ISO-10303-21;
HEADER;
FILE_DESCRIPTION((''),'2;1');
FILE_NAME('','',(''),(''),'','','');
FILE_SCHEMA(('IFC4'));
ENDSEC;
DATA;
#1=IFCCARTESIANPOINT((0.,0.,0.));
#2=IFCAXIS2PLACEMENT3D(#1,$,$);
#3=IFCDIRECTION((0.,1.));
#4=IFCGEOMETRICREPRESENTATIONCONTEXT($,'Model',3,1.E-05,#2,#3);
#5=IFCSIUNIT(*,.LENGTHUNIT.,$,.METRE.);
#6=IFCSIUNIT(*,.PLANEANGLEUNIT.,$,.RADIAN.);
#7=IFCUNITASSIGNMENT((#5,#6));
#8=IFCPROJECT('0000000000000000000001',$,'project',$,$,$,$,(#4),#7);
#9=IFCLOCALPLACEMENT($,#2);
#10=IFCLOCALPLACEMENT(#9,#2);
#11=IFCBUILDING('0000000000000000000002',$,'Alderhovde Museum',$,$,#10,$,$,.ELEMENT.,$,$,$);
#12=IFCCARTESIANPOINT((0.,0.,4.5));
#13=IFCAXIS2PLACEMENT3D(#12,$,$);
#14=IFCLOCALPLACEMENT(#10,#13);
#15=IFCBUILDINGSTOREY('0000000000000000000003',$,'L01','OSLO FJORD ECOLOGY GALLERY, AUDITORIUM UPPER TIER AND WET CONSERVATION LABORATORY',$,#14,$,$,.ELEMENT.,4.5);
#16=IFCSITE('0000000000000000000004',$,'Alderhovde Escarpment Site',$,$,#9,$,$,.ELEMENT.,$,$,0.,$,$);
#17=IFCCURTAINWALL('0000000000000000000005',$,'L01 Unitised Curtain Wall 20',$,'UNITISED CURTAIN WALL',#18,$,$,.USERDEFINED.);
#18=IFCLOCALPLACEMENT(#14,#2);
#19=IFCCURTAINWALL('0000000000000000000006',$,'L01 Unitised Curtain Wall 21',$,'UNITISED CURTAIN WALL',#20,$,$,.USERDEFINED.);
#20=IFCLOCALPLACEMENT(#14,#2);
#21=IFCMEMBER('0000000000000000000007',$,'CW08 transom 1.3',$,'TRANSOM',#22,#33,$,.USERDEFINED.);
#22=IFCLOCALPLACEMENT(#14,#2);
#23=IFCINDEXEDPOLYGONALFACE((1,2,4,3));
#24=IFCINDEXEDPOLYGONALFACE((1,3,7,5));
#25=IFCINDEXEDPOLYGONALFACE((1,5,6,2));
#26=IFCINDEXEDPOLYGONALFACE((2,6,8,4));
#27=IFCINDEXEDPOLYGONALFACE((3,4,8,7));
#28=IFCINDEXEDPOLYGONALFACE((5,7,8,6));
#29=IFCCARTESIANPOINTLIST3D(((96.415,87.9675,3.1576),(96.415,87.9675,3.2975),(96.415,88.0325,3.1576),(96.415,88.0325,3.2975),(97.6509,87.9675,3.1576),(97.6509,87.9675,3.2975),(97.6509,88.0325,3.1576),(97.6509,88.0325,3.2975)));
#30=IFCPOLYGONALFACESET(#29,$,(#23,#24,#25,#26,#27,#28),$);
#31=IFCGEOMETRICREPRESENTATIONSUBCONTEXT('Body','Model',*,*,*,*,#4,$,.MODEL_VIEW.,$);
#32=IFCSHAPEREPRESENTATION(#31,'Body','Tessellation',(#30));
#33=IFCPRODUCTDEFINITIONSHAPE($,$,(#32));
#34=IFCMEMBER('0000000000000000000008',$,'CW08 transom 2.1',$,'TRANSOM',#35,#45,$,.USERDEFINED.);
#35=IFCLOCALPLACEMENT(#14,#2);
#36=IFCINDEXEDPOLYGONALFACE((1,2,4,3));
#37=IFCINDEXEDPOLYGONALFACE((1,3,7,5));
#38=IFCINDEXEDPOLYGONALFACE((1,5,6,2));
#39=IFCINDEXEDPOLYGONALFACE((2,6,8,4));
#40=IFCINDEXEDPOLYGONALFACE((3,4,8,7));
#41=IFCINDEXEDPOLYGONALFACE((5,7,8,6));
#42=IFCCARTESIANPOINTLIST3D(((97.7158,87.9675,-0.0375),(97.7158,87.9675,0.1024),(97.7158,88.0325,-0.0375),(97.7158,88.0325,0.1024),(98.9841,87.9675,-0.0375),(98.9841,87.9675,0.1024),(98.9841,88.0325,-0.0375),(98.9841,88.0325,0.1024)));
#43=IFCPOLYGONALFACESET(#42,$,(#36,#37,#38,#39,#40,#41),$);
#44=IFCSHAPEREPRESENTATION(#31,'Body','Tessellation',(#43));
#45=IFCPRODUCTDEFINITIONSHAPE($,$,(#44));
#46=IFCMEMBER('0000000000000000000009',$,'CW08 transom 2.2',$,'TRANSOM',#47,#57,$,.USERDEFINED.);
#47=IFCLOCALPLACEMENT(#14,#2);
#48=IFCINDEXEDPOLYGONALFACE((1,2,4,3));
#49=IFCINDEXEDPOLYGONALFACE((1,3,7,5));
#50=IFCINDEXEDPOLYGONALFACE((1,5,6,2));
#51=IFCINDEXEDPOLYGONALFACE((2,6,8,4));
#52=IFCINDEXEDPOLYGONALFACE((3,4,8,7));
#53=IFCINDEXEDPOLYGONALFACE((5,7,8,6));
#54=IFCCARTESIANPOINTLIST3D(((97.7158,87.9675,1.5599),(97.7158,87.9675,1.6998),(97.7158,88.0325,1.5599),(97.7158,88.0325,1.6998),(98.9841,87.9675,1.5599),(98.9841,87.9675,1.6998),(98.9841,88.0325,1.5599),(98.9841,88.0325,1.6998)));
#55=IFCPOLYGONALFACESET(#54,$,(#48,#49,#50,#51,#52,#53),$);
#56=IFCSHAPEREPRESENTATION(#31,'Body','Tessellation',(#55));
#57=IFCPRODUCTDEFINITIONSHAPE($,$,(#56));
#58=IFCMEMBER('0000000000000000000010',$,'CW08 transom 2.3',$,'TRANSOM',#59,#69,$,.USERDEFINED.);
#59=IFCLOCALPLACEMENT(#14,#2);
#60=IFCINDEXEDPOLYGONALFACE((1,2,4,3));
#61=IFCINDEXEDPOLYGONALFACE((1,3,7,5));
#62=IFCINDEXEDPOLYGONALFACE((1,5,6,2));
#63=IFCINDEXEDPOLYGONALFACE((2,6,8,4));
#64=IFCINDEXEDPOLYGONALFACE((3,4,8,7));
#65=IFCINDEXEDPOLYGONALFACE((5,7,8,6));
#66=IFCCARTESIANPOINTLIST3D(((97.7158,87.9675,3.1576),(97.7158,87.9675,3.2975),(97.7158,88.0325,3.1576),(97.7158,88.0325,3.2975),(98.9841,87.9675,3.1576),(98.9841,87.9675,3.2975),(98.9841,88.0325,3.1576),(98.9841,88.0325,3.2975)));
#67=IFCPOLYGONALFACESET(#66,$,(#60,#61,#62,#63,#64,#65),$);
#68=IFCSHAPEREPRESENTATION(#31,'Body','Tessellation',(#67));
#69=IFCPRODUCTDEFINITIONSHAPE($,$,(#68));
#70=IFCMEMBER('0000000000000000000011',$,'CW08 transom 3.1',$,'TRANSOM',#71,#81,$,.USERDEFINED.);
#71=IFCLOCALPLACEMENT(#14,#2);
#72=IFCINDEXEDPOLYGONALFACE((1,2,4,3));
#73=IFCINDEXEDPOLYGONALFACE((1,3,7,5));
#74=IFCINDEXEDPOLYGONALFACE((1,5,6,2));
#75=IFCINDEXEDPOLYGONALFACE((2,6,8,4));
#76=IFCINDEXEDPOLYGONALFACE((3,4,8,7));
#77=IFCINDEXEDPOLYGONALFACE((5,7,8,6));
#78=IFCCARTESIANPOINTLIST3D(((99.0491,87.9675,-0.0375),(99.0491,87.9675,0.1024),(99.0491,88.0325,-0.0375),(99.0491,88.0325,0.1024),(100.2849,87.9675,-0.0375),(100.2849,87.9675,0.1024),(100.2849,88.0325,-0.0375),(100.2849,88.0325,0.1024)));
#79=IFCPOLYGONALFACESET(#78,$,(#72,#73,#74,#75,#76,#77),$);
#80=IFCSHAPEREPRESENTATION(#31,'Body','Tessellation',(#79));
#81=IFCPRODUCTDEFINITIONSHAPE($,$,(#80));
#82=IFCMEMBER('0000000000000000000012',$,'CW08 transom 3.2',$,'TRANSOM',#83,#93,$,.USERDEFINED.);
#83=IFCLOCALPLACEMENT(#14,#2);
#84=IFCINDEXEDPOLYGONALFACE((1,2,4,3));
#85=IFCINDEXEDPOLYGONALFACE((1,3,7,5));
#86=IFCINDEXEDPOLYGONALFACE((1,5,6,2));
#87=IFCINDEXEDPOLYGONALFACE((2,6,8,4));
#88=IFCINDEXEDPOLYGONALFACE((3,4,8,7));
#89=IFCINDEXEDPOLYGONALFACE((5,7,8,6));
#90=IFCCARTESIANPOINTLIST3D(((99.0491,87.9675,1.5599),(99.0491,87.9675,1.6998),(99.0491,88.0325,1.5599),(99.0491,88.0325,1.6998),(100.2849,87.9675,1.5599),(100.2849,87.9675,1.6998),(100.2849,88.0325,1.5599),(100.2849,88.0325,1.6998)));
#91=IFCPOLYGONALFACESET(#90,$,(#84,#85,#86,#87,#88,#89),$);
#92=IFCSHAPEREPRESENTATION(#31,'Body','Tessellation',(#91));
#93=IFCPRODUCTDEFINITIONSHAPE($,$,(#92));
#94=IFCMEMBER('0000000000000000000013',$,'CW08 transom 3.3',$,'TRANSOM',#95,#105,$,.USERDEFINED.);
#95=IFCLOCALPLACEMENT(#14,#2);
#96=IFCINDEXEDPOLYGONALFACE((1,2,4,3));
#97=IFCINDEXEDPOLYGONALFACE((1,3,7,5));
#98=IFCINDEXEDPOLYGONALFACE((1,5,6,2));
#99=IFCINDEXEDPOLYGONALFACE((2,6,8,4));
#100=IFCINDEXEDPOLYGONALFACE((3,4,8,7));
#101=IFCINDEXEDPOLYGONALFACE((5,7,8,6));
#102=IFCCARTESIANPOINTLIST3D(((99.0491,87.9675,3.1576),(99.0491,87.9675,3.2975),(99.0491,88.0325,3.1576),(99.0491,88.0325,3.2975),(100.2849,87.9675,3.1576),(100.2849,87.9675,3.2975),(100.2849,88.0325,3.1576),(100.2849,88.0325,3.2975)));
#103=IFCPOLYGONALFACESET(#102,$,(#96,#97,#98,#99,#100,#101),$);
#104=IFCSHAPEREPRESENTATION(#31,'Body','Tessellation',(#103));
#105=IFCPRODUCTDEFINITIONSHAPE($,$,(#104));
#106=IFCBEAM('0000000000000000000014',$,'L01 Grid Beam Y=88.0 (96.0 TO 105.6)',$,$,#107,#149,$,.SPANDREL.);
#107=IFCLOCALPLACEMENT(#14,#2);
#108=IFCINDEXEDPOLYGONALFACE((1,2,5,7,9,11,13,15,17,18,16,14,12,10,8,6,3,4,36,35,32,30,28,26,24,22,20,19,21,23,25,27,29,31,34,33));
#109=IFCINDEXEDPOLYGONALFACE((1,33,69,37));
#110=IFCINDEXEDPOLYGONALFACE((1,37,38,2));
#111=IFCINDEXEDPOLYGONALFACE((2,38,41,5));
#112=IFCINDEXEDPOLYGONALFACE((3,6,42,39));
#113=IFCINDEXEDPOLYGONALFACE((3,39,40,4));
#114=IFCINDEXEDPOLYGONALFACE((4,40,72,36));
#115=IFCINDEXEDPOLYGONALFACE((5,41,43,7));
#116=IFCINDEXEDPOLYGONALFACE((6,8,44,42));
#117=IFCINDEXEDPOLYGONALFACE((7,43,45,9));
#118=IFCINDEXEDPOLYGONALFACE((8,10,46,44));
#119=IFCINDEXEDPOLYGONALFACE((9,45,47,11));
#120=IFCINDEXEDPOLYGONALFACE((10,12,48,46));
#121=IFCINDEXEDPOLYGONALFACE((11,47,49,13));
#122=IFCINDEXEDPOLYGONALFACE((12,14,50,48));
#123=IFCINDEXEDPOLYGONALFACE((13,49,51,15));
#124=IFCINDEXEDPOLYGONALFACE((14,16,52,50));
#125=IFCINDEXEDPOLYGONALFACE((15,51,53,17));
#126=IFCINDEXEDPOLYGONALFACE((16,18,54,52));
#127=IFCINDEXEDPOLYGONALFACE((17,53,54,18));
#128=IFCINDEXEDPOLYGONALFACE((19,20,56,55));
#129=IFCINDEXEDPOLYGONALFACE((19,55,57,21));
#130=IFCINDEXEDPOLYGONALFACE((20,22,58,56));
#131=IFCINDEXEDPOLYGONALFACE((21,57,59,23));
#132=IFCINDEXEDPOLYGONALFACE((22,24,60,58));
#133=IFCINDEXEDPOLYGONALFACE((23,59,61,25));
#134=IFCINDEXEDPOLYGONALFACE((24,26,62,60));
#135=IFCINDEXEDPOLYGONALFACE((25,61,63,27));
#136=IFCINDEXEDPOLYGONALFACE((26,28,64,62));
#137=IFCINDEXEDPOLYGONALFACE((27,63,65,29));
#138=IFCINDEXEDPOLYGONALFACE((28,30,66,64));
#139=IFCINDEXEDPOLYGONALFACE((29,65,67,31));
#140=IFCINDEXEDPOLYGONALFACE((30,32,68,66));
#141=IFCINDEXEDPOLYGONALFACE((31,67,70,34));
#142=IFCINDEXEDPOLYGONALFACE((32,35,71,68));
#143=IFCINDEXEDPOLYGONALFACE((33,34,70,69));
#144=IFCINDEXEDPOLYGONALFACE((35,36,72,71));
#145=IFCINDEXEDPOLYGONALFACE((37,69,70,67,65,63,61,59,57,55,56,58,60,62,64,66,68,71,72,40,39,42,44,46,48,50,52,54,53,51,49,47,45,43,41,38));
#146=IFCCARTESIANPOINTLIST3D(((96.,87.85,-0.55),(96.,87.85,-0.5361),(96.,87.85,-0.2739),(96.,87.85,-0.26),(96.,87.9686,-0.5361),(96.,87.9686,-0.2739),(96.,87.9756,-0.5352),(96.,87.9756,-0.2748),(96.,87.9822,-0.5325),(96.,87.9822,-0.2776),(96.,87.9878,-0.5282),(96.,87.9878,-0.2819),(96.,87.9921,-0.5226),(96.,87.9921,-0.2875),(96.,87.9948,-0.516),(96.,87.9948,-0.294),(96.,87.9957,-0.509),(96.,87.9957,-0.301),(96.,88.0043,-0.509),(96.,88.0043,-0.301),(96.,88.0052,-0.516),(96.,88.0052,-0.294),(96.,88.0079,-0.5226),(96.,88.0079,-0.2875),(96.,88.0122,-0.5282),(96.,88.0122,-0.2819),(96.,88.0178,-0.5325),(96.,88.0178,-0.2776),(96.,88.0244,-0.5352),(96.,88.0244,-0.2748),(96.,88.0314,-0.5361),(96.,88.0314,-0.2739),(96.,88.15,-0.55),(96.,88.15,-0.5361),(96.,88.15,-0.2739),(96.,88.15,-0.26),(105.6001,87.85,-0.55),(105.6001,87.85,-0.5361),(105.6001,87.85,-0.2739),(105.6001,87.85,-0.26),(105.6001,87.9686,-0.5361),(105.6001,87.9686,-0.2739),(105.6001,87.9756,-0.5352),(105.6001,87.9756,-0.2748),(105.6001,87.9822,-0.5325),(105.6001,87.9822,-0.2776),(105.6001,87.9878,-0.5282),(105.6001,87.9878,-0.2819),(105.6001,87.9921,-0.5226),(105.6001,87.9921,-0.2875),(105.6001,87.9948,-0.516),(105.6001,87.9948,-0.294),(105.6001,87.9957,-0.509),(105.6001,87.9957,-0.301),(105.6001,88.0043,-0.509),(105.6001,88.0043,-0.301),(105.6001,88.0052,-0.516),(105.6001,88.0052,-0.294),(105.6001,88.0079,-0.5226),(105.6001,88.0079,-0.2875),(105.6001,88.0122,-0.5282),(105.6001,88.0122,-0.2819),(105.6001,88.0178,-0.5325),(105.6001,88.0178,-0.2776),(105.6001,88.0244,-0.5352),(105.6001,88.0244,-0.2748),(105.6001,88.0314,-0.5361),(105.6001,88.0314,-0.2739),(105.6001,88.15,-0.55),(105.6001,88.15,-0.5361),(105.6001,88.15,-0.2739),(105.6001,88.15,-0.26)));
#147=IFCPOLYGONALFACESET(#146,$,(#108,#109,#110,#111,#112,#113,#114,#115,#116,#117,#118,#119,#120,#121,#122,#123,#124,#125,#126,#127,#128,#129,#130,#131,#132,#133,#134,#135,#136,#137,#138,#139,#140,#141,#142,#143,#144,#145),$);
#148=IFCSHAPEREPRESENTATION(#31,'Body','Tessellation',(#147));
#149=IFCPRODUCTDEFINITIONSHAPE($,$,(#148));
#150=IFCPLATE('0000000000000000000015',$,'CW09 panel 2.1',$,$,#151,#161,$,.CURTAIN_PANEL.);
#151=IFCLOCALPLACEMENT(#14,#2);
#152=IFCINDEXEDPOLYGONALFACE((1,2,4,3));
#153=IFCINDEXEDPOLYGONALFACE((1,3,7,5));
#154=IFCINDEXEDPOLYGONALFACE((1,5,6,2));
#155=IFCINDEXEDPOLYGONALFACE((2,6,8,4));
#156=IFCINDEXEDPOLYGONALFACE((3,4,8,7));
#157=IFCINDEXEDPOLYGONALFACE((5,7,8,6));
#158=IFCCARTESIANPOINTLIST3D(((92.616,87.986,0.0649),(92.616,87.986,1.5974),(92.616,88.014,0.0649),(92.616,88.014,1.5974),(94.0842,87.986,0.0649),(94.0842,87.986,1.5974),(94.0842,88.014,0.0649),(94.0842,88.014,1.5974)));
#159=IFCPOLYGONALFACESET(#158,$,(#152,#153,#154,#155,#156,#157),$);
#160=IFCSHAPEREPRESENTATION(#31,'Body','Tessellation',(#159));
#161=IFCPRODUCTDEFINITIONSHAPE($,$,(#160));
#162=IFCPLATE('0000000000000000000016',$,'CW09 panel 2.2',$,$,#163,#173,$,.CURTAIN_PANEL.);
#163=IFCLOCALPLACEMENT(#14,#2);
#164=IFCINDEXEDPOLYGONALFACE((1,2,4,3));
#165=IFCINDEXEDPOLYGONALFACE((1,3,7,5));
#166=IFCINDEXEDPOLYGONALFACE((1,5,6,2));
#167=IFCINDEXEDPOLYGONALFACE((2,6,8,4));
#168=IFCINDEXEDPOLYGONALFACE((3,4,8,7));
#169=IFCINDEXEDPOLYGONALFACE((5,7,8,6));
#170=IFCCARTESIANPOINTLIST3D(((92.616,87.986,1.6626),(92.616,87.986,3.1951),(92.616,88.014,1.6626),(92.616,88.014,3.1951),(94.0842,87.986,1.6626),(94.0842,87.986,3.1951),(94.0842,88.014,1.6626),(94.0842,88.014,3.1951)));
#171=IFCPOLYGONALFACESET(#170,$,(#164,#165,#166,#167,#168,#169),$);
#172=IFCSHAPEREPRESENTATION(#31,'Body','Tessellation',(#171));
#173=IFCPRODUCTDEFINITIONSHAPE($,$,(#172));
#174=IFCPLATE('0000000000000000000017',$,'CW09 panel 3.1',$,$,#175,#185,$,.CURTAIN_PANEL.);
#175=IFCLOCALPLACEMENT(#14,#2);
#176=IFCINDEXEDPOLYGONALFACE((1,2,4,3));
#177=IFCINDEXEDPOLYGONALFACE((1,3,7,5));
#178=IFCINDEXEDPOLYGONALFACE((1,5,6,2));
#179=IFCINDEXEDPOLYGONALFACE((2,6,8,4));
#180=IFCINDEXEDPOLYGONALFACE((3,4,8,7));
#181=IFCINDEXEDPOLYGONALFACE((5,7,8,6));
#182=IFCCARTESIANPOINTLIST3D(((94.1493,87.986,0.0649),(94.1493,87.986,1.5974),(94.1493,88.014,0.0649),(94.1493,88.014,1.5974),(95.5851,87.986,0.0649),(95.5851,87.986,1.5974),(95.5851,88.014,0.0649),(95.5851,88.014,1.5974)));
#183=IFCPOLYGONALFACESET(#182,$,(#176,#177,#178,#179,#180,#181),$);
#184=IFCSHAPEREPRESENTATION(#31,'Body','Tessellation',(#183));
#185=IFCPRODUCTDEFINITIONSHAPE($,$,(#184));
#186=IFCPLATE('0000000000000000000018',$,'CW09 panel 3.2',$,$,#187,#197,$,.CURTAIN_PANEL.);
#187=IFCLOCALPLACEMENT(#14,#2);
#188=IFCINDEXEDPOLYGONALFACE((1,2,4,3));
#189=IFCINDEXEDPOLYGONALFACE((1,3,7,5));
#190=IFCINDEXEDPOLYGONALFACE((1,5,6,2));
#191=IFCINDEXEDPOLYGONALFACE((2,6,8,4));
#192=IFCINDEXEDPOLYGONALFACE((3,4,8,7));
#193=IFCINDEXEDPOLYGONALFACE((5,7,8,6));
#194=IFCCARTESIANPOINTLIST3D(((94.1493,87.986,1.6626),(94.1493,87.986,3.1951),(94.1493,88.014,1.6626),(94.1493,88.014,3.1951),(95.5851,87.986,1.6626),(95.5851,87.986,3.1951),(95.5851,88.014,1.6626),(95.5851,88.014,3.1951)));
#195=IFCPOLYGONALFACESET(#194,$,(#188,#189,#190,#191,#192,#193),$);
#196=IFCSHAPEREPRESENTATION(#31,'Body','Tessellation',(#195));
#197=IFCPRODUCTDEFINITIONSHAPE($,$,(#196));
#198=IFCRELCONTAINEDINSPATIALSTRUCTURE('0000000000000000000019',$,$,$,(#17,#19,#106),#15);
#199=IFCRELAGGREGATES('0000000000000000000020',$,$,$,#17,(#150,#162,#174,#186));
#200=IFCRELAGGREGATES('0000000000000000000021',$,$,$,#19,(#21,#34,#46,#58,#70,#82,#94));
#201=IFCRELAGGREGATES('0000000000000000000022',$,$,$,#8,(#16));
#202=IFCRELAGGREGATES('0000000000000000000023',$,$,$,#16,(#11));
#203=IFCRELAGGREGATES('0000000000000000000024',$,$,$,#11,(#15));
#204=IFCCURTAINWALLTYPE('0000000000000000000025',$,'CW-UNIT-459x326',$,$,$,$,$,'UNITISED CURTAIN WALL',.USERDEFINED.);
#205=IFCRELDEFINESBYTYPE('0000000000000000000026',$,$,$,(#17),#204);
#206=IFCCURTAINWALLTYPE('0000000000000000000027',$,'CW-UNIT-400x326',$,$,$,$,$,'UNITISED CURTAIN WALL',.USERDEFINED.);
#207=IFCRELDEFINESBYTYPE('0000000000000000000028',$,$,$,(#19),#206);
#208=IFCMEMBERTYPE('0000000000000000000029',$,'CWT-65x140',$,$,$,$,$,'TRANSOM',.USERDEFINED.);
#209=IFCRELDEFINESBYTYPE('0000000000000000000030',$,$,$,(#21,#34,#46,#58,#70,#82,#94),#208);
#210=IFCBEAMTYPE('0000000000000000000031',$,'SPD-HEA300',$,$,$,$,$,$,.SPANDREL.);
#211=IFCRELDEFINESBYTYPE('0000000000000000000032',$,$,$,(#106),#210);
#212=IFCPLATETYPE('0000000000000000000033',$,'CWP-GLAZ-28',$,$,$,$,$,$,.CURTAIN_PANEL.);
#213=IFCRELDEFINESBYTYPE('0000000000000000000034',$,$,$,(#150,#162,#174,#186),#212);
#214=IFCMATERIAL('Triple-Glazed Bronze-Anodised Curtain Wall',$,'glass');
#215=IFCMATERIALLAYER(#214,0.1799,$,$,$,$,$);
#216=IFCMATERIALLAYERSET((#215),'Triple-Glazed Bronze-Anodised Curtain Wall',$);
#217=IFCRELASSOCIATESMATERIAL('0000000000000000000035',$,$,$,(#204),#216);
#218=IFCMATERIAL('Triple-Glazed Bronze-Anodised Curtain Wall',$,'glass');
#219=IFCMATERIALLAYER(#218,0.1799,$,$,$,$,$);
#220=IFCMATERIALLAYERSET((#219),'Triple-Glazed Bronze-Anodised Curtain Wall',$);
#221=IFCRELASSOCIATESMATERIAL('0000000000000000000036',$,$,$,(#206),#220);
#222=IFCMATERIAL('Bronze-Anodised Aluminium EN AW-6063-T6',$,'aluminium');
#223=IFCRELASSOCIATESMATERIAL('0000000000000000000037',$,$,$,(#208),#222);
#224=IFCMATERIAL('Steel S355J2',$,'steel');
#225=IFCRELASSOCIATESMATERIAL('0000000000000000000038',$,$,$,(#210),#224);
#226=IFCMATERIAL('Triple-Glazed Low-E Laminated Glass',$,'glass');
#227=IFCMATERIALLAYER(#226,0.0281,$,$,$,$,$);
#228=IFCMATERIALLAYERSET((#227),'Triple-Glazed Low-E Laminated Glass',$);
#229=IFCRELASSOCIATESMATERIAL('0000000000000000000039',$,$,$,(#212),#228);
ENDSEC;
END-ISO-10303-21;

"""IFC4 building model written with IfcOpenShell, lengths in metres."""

from ifc_helpers import new_model, si_unit, direction, frame, origin, origin_2d, place, context, subcontext, project, spatial, rectangle, i_section, extrude, material, layer, layer_set, material_profile, profile_set, type_object, element, aggregate, save


model = new_model("IFC4")

# Units and contexts
model_context = context("Model", 3, precision=1e-05, world=origin(), true_north=direction((0.0, 1.0)))
body_context = subcontext(model_context, "Body", "Model", "MODEL_VIEW")
ifc_project = project(units=[si_unit("LENGTHUNIT", "METRE"), si_unit("PLANEANGLEUNIT", "RADIAN")], contexts=[model_context])

# Site, building, storey
site_placement = place(None, origin())
site = spatial("IfcSite", under=ifc_project, at=site_placement, Name="Alderhovde Escarpment Site", CompositionType="ELEMENT", RefElevation=0.0)
building_placement = place(site_placement, origin())
building = spatial("IfcBuilding", under=site, at=building_placement, Name="Alderhovde Museum", CompositionType="ELEMENT")
storey_placement = place(building_placement, frame((0.0, 0.0, 4.5)))
storey = spatial("IfcBuildingStorey", under=building, at=storey_placement, Name="L01", Description="OSLO FJORD ECOLOGY GALLERY, AUDITORIUM UPPER TIER AND WET CONSERVATION LABORATORY", CompositionType="ELEMENT", Elevation=4.5)

# Curtain walls
ifc_material_1 = material(Name="Triple-Glazed Bronze-Anodised Curtain Wall", Category="glass")
ifc_layer_1 = layer(ifc_material_1, 0.1799)
ifc_layer_set_1 = layer_set([ifc_layer_1], Name="Triple-Glazed Bronze-Anodised Curtain Wall")
curtain_wall_type_1 = type_object("IfcCurtainWallType", Name="CW-UNIT-459x326", ElementType="UNITISED CURTAIN WALL", PredefinedType="USERDEFINED", material=ifc_layer_set_1)
curtain_wall_1_placement = place(storey_placement, origin())
curtain_wall_1 = element("IfcCurtainWall", 1, at=curtain_wall_1_placement, inside=storey, type_object=curtain_wall_type_1, Name="L01 Unitised Curtain Wall 20", ObjectType="UNITISED CURTAIN WALL", PredefinedType="USERDEFINED")
ifc_material_2 = material(Name="Triple-Glazed Bronze-Anodised Curtain Wall", Category="glass")
ifc_layer_2 = layer(ifc_material_2, 0.1799)
ifc_layer_set_2 = layer_set([ifc_layer_2], Name="Triple-Glazed Bronze-Anodised Curtain Wall")
curtain_wall_type_2 = type_object("IfcCurtainWallType", Name="CW-UNIT-400x326", ElementType="UNITISED CURTAIN WALL", PredefinedType="USERDEFINED", material=ifc_layer_set_2)
curtain_wall_2_placement = place(storey_placement, origin())
curtain_wall_2 = element("IfcCurtainWall", 2, at=curtain_wall_2_placement, inside=storey, type_object=curtain_wall_type_2, Name="L01 Unitised Curtain Wall 21", ObjectType="UNITISED CURTAIN WALL", PredefinedType="USERDEFINED")

# Members
ifc_material_3 = material(Name="Bronze-Anodised Aluminium EN AW-6063-T6", Category="aluminium")
ifc_material_profile_1 = material_profile(ifc_material_3, rectangle(XDim=0.0649, YDim=0.1399, at=origin_2d()), Name="TRANSOM 65x140")
ifc_profile_set_1 = profile_set([ifc_material_profile_1], Name="Bronze-Anodised Aluminium EN AW-6063-T6")
member_type_1 = type_object("IfcMemberType", Name="CWT-65x140", ElementType="TRANSOM", PredefinedType="USERDEFINED", material=ifc_profile_set_1)
member_1_placement = place(storey_placement, frame((96.415, 88.0, 3.2275), z_axis=(1.0, 0.0, 0.0), x_axis=(0.0, 1.0, 0.0)))
member_1 = element("IfcMember", 3, at=member_1_placement, type_object=member_type_1, Name="CW08 transom 1.3", ObjectType="TRANSOM", PredefinedType="USERDEFINED", context=body_context, shape_type="SweptSolid", body=[
    extrude(rectangle(XDim=0.0649, YDim=0.1399, at=origin_2d()), origin(), (0.0, 0.0, 1.0), 1.2358),
])
member_2_placement = place(storey_placement, frame((97.7158, 88.0, 0.0325), z_axis=(1.0, 0.0, 0.0), x_axis=(0.0, 1.0, 0.0)))
member_2 = element("IfcMember", 4, at=member_2_placement, type_object=member_type_1, Name="CW08 transom 2.1", ObjectType="TRANSOM", PredefinedType="USERDEFINED", context=body_context, shape_type="SweptSolid", body=[
    extrude(rectangle(XDim=0.0649, YDim=0.1399, at=origin_2d()), origin(), (0.0, 0.0, 1.0), 1.2683),
])
member_3_placement = place(storey_placement, frame((97.7158, 88.0, 1.6299), z_axis=(1.0, 0.0, 0.0), x_axis=(0.0, 1.0, 0.0)))
member_3 = element("IfcMember", 5, at=member_3_placement, type_object=member_type_1, Name="CW08 transom 2.2", ObjectType="TRANSOM", PredefinedType="USERDEFINED", context=body_context, shape_type="SweptSolid", body=[
    extrude(rectangle(XDim=0.0649, YDim=0.1399, at=origin_2d()), origin(), (0.0, 0.0, 1.0), 1.2683),
])
member_4_placement = place(storey_placement, frame((97.7158, 88.0, 3.2275), z_axis=(1.0, 0.0, 0.0), x_axis=(0.0, 1.0, 0.0)))
member_4 = element("IfcMember", 6, at=member_4_placement, type_object=member_type_1, Name="CW08 transom 2.3", ObjectType="TRANSOM", PredefinedType="USERDEFINED", context=body_context, shape_type="SweptSolid", body=[
    extrude(rectangle(XDim=0.0649, YDim=0.1399, at=origin_2d()), origin(), (0.0, 0.0, 1.0), 1.2683),
])
member_5_placement = place(storey_placement, frame((99.0491, 88.0, 0.0325), z_axis=(1.0, 0.0, 0.0), x_axis=(0.0, 1.0, 0.0)))
member_5 = element("IfcMember", 7, at=member_5_placement, type_object=member_type_1, Name="CW08 transom 3.1", ObjectType="TRANSOM", PredefinedType="USERDEFINED", context=body_context, shape_type="SweptSolid", body=[
    extrude(rectangle(XDim=0.0649, YDim=0.1399, at=origin_2d()), origin(), (0.0, 0.0, 1.0), 1.2358),
])
member_6_placement = place(storey_placement, frame((99.0491, 88.0, 1.6299), z_axis=(1.0, 0.0, 0.0), x_axis=(0.0, 1.0, 0.0)))
member_6 = element("IfcMember", 8, at=member_6_placement, type_object=member_type_1, Name="CW08 transom 3.2", ObjectType="TRANSOM", PredefinedType="USERDEFINED", context=body_context, shape_type="SweptSolid", body=[
    extrude(rectangle(XDim=0.0649, YDim=0.1399, at=origin_2d()), origin(), (0.0, 0.0, 1.0), 1.2358),
])
member_7_placement = place(storey_placement, frame((99.0491, 88.0, 3.2275), z_axis=(1.0, 0.0, 0.0), x_axis=(0.0, 1.0, 0.0)))
member_7 = element("IfcMember", 9, at=member_7_placement, type_object=member_type_1, Name="CW08 transom 3.3", ObjectType="TRANSOM", PredefinedType="USERDEFINED", context=body_context, shape_type="SweptSolid", body=[
    extrude(rectangle(XDim=0.0649, YDim=0.1399, at=origin_2d()), origin(), (0.0, 0.0, 1.0), 1.2358),
])

# Beam
ifc_material_4 = material(Name="Steel S355J2", Category="steel")
ifc_material_profile_2 = material_profile(ifc_material_4, i_section(OverallWidth=0.3, OverallDepth=0.29, WebThickness=0.0085, FlangeThickness=0.0139, FilletRadius=0.0271, at=origin_2d()), Name="HEA 300")
ifc_profile_set_2 = profile_set([ifc_material_profile_2], Name="Steel S355J2")
beam_type = type_object("IfcBeamType", Name="SPD-HEA300", PredefinedType="SPANDREL", material=ifc_profile_set_2)
beam_placement = place(storey_placement, frame((96.0, 88.0, -0.405), z_axis=(1.0, 0.0, 0.0), x_axis=(0.0, 1.0, 0.0)))
element("IfcBeam", 10, at=beam_placement, inside=storey, type_object=beam_type, Name="L01 Grid Beam Y=88.0 (96.0 TO 105.6)", PredefinedType="SPANDREL", context=body_context, shape_type="SweptSolid", body=[
    extrude(i_section(OverallWidth=0.3, OverallDepth=0.29, WebThickness=0.0085, FlangeThickness=0.0139, FilletRadius=0.0271, at=origin_2d()), origin(), (0.0, 0.0, 1.0), 9.6001),
])

# Plates
ifc_material_5 = material(Name="Triple-Glazed Low-E Laminated Glass", Category="glass")
ifc_layer_3 = layer(ifc_material_5, 0.0281)
ifc_layer_set_3 = layer_set([ifc_layer_3], Name="Triple-Glazed Low-E Laminated Glass")
plate_type_1 = type_object("IfcPlateType", Name="CWP-GLAZ-28", PredefinedType="CURTAIN_PANEL", material=ifc_layer_set_3)
plate_1_placement = place(storey_placement, frame((93.3501, 88.0, 0.0649), z_axis=(0.0, 0.0, 1.0), x_axis=(1.0, 0.0, 0.0)))
plate_1 = element("IfcPlate", 11, at=plate_1_placement, type_object=plate_type_1, Name="CW09 panel 2.1", PredefinedType="CURTAIN_PANEL", context=body_context, shape_type="SweptSolid", body=[
    extrude(rectangle(XDim=1.4683, YDim=0.0281, at=origin_2d()), origin(), (0.0, 0.0, 1.0), 1.5325),
])
plate_2_placement = place(storey_placement, frame((93.3501, 88.0, 1.6626), z_axis=(0.0, 0.0, 1.0), x_axis=(1.0, 0.0, 0.0)))
plate_2 = element("IfcPlate", 12, at=plate_2_placement, type_object=plate_type_1, Name="CW09 panel 2.2", PredefinedType="CURTAIN_PANEL", context=body_context, shape_type="SweptSolid", body=[
    extrude(rectangle(XDim=1.4683, YDim=0.0281, at=origin_2d()), origin(), (0.0, 0.0, 1.0), 1.5325),
])
plate_3_placement = place(storey_placement, frame((94.8672, 88.0, 0.0649), z_axis=(0.0, 0.0, 1.0), x_axis=(1.0, 0.0, 0.0)))
plate_3 = element("IfcPlate", 13, at=plate_3_placement, type_object=plate_type_1, Name="CW09 panel 3.1", PredefinedType="CURTAIN_PANEL", context=body_context, shape_type="SweptSolid", body=[
    extrude(rectangle(XDim=1.4358, YDim=0.0281, at=origin_2d()), origin(), (0.0, 0.0, 1.0), 1.5325),
])
plate_4_placement = place(storey_placement, frame((94.8672, 88.0, 1.6626), z_axis=(0.0, 0.0, 1.0), x_axis=(1.0, 0.0, 0.0)))
plate_4 = element("IfcPlate", 14, at=plate_4_placement, type_object=plate_type_1, Name="CW09 panel 3.2", PredefinedType="CURTAIN_PANEL", context=body_context, shape_type="SweptSolid", body=[
    extrude(rectangle(XDim=1.4358, YDim=0.0281, at=origin_2d()), origin(), (0.0, 0.0, 1.0), 1.5325),
])
aggregate(curtain_wall_1, [plate_1, plate_2, plate_3, plate_4])
aggregate(curtain_wall_2, [member_1, member_2, member_3, member_4, member_5, member_6, member_7])

save(model, "model.ifc")
